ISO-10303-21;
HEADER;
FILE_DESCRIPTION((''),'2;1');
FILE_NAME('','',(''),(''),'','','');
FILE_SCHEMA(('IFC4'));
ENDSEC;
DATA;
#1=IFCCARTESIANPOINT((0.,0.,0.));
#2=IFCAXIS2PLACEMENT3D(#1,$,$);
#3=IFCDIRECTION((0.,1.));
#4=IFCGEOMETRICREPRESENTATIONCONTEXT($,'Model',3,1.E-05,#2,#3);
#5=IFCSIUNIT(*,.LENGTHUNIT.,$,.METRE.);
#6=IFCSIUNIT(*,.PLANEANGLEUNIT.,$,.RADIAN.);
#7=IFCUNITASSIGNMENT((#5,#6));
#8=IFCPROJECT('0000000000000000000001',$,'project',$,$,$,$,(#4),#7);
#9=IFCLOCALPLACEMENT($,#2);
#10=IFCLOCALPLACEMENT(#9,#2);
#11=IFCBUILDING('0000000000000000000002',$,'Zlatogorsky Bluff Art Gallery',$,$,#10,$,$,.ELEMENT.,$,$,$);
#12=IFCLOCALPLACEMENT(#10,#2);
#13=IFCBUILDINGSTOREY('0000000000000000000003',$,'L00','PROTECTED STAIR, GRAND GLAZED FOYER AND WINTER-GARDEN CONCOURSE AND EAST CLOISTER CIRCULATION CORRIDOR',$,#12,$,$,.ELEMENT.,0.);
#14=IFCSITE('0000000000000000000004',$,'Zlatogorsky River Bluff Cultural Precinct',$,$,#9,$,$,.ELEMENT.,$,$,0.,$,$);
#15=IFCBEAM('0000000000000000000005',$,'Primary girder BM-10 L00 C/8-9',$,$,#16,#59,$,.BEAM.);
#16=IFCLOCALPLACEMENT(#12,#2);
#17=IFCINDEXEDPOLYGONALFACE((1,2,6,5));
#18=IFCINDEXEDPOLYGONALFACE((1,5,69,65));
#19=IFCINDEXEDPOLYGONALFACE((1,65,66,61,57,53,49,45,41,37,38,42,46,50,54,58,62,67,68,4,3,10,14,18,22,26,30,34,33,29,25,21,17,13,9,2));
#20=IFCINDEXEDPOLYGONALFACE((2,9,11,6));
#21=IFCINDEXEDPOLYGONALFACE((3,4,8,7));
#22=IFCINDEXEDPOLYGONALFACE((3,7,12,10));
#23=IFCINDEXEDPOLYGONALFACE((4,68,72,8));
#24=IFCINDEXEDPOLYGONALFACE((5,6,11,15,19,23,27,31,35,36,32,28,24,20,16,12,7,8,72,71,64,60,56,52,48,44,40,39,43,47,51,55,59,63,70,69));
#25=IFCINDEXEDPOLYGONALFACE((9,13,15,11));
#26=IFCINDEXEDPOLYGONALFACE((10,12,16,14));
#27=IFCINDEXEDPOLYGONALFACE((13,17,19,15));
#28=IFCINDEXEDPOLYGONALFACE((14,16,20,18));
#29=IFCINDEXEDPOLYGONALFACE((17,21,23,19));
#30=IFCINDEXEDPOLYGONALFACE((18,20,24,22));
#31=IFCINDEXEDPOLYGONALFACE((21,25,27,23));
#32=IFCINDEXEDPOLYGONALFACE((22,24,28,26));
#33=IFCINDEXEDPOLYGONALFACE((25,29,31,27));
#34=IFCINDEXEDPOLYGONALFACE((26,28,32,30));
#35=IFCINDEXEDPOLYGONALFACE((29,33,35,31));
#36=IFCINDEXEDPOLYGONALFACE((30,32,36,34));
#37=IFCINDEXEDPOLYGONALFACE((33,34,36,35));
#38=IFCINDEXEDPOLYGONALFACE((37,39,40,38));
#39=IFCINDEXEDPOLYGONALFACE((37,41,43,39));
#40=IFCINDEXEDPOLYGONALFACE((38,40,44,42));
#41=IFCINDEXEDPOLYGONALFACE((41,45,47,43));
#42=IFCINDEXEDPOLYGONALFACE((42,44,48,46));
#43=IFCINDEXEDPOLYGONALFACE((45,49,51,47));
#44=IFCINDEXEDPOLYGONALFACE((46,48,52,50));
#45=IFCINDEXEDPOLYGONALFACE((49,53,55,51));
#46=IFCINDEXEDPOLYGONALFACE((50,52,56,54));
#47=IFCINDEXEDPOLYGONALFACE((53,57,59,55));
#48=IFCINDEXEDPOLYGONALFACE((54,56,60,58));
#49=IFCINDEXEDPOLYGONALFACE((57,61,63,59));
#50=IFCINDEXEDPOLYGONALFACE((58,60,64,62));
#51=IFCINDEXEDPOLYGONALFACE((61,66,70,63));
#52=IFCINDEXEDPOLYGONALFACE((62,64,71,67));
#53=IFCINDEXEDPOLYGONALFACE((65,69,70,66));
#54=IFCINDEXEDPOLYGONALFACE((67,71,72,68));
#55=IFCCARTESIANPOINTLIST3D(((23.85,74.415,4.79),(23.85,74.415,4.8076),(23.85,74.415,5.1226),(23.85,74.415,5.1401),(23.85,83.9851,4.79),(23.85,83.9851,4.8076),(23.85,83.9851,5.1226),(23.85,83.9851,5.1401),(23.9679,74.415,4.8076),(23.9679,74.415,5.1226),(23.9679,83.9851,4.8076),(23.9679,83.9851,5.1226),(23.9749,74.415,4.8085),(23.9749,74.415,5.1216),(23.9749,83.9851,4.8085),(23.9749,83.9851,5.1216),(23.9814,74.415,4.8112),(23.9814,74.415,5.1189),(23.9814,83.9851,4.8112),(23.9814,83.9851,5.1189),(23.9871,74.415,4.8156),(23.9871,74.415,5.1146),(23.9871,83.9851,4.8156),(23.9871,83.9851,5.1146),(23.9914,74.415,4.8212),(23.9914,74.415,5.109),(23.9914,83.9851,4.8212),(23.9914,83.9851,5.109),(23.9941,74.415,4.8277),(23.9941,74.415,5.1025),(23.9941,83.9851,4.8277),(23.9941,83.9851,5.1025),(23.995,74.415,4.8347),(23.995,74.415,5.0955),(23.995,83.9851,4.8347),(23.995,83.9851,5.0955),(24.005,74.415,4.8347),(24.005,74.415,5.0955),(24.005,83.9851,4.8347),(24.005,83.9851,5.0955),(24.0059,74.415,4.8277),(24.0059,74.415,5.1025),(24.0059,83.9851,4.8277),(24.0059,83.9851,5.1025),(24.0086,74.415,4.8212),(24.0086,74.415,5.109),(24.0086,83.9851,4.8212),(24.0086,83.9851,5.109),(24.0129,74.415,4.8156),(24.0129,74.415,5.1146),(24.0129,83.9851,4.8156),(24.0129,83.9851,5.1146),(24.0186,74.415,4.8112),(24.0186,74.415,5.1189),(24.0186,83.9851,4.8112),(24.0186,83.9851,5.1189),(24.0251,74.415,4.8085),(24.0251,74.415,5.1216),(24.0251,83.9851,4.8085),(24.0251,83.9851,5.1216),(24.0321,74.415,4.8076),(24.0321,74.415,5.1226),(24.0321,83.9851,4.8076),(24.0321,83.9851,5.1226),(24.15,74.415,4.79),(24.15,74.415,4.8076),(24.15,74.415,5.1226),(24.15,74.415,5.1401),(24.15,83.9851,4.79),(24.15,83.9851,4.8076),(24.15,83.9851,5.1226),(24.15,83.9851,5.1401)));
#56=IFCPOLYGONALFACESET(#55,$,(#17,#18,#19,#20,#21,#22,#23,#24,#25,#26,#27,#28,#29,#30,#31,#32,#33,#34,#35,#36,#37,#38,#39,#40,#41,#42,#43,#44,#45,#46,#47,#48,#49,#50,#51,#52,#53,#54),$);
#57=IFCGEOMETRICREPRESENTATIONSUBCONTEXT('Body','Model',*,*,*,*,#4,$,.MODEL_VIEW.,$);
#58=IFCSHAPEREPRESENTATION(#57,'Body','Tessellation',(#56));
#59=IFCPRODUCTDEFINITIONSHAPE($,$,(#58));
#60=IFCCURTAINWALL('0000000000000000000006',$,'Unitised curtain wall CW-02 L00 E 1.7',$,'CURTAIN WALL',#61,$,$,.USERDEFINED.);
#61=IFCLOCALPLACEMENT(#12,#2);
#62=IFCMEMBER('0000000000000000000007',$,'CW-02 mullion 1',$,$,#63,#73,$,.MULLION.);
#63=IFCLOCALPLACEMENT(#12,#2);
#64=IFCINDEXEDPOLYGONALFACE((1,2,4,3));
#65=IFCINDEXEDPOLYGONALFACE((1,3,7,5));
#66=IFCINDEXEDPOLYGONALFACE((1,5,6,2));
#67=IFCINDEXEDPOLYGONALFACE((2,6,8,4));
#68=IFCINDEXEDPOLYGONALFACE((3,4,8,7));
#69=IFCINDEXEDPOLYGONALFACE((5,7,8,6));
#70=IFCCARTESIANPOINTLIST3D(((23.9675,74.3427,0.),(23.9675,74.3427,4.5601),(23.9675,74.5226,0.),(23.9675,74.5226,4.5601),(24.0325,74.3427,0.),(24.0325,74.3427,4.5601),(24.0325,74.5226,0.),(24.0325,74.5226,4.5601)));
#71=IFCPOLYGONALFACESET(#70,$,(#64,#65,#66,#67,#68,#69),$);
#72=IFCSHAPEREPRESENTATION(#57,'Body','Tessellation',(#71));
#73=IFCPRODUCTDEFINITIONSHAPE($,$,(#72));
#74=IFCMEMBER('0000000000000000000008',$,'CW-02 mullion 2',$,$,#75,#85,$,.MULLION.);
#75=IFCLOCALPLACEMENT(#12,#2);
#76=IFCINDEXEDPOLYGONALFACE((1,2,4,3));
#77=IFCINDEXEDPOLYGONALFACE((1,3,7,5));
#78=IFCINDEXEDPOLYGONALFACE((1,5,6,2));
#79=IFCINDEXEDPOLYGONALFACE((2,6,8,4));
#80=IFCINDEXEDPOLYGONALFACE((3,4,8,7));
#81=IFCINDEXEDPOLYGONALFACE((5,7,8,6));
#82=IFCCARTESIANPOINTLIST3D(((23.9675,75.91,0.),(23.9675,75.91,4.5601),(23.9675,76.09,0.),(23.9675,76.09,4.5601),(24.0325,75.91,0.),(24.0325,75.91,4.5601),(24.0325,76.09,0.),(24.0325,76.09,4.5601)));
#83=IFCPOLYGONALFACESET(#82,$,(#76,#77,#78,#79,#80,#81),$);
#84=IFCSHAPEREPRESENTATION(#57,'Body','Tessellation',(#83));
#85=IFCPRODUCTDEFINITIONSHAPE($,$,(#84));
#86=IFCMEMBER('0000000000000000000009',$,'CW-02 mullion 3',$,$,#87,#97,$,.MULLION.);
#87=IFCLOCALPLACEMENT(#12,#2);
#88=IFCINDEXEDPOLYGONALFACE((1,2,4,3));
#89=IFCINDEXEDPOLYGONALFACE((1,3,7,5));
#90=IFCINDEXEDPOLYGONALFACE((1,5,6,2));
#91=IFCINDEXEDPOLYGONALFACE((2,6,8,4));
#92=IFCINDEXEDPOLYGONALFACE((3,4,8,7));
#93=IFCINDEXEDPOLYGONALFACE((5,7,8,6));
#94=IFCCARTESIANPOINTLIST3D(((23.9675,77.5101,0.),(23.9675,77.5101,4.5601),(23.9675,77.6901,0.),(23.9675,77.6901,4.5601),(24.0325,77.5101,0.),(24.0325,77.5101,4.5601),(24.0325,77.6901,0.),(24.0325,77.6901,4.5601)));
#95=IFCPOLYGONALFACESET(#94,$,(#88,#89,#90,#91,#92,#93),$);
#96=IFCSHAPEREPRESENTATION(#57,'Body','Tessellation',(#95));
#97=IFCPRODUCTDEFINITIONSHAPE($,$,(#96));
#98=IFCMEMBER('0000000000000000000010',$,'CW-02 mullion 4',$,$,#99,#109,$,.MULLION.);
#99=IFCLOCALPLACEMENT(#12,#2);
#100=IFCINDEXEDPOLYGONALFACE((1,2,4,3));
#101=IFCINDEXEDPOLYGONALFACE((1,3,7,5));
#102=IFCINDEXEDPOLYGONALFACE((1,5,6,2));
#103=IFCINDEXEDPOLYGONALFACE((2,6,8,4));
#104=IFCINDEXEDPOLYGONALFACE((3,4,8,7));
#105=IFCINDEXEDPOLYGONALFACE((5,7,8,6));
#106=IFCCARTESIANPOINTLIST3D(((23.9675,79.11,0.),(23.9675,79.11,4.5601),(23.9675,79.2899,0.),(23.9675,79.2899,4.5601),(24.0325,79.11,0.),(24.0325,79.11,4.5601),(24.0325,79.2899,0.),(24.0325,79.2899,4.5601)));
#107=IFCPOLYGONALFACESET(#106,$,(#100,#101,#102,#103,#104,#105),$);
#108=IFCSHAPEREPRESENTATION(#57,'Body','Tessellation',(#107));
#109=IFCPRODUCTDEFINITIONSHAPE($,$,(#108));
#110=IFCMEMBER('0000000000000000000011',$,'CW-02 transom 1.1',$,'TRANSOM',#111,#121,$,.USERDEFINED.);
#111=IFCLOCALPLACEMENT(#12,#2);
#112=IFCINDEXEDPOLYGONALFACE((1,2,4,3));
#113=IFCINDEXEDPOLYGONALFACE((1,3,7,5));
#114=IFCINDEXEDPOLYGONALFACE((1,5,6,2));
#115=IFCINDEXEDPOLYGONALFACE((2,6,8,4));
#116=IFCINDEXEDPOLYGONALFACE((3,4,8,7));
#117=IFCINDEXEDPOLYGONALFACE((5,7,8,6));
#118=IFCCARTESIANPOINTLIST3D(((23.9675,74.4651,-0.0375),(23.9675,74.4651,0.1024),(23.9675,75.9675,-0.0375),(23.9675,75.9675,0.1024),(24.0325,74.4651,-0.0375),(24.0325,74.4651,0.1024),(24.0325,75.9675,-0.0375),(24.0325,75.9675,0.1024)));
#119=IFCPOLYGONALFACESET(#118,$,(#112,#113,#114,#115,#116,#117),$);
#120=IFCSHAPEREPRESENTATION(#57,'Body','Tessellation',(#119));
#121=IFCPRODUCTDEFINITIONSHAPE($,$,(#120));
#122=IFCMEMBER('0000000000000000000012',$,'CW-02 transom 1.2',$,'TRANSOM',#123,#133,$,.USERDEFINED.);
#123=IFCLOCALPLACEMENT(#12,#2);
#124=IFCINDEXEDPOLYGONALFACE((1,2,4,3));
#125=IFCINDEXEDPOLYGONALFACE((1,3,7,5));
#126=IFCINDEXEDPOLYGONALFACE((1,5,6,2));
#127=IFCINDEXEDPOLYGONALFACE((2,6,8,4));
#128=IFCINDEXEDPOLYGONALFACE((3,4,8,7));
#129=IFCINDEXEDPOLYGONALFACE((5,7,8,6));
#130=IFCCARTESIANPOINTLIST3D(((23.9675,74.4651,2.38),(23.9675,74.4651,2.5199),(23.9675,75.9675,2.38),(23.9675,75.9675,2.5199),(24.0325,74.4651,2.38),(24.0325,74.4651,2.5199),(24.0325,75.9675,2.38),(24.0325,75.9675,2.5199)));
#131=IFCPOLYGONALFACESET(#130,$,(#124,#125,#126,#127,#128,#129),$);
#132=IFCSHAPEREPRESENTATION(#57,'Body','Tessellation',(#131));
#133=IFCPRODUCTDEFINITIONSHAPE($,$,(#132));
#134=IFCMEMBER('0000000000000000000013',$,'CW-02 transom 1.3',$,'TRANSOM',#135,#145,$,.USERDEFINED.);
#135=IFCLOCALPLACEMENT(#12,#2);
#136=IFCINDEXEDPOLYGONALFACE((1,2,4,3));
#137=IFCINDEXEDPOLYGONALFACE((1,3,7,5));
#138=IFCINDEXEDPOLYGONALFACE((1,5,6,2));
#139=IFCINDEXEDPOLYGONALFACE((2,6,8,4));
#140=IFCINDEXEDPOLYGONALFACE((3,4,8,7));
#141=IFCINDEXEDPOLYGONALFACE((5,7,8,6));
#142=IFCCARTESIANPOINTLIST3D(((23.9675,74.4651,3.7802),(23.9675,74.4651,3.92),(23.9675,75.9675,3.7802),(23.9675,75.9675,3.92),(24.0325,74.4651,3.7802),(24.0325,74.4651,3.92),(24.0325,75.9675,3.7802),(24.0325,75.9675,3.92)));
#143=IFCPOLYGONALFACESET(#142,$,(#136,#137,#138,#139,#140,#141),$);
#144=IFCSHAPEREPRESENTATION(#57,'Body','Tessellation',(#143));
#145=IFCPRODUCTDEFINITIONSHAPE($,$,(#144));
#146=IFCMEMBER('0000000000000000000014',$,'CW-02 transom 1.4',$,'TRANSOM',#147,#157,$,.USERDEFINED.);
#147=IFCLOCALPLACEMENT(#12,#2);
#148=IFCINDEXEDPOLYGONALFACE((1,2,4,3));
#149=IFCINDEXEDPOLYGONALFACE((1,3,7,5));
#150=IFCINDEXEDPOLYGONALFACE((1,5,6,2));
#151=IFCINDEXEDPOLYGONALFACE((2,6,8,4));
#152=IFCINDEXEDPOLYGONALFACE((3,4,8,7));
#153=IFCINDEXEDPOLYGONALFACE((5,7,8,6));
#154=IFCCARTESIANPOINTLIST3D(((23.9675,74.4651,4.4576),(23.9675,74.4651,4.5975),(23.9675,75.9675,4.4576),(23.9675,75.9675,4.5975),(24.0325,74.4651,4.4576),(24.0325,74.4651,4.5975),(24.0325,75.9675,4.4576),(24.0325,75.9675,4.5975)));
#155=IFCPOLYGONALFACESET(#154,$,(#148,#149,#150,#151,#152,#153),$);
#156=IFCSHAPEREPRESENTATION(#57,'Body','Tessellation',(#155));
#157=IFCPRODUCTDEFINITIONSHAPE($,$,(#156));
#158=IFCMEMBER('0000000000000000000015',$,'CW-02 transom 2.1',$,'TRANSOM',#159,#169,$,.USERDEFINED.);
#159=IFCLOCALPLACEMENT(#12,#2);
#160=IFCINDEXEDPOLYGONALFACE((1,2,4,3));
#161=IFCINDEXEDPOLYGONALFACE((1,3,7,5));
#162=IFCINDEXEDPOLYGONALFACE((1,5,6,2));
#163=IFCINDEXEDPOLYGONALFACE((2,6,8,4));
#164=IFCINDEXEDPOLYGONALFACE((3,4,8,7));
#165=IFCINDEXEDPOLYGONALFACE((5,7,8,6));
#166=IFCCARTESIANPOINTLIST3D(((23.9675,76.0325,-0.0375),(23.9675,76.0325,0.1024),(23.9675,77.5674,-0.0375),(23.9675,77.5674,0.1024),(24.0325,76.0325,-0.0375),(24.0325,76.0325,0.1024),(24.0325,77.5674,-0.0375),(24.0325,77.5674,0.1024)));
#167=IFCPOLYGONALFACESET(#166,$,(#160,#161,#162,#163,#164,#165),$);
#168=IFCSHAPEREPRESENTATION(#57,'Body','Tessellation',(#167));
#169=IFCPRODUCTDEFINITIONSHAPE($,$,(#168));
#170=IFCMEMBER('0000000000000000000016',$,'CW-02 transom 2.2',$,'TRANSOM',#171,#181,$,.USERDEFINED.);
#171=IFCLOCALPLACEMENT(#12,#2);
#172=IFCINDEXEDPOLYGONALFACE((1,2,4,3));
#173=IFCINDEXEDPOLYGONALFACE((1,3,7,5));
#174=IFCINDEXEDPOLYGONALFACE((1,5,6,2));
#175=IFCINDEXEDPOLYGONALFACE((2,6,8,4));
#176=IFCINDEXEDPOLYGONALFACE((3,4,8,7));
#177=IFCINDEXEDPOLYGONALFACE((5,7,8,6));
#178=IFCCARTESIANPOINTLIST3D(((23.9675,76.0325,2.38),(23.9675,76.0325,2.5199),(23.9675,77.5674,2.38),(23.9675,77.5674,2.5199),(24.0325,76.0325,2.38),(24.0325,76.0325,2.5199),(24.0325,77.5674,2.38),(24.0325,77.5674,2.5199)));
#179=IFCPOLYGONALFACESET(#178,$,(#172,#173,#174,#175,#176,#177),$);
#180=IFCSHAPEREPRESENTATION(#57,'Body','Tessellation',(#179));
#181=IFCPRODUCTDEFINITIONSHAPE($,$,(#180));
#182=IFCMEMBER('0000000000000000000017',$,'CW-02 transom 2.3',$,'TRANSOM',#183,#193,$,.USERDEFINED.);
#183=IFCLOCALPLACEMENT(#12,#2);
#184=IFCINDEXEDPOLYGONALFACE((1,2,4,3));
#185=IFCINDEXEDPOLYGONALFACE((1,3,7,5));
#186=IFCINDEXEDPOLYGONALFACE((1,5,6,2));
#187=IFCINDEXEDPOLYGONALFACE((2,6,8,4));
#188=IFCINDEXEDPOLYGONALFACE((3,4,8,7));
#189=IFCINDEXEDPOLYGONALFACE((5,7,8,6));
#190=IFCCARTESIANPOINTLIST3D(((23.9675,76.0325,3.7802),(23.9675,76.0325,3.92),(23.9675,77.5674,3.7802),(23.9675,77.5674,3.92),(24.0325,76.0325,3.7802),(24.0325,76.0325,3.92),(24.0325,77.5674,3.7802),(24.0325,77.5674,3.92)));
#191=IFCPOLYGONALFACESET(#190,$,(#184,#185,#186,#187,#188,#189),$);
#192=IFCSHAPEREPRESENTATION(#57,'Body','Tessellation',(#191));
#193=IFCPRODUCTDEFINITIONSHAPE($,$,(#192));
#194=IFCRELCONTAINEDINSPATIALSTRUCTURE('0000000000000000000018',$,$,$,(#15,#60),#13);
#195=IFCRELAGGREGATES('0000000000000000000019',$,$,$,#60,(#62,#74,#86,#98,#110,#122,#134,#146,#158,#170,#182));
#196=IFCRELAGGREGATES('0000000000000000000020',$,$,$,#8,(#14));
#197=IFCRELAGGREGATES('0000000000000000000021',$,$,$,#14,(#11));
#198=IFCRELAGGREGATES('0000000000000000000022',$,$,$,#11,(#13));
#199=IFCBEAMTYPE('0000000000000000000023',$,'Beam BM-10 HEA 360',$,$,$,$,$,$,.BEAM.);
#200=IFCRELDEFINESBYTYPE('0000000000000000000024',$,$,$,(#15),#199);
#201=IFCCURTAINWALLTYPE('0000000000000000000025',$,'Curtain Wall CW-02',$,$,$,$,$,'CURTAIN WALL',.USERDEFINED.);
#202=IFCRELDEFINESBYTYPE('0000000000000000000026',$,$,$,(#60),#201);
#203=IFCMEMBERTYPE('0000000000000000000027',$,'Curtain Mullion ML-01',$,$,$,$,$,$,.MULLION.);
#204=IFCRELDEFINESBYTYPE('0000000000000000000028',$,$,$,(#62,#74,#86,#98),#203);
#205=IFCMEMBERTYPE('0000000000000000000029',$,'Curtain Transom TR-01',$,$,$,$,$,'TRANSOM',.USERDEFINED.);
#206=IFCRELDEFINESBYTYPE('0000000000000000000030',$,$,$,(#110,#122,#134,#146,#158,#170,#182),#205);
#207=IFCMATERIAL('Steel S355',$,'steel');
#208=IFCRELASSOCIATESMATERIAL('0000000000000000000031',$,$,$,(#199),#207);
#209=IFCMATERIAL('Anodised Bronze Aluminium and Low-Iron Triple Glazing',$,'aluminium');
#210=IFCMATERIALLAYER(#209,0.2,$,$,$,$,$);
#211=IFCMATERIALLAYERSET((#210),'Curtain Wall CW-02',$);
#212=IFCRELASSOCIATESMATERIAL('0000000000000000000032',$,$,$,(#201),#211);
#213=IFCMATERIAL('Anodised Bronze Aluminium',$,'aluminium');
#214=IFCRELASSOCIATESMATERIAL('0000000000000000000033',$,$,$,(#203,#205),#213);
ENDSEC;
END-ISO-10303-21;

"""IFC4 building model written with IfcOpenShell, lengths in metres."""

from ifc_helpers import new_model, si_unit, direction, frame, origin, origin_2d, place, context, subcontext, project, spatial, rectangle, i_section, extrude, material, layer, layer_set, material_profile, profile_set, type_object, element, aggregate, save


model = new_model("IFC4")

# Units and contexts
model_context = context("Model", 3, precision=1e-05, world=origin(), true_north=direction((0.0, 1.0)))
body_context = subcontext(model_context, "Body", "Model", "MODEL_VIEW")
ifc_project = project(units=[si_unit("LENGTHUNIT", "METRE"), si_unit("PLANEANGLEUNIT", "RADIAN")], contexts=[model_context])

# Site, building, storey
site_placement = place(None, origin())
site = spatial("IfcSite", under=ifc_project, at=site_placement, Name="Zlatogorsky River Bluff Cultural Precinct", CompositionType="ELEMENT", RefElevation=0.0)
building_placement = place(site_placement, origin())
building = spatial("IfcBuilding", under=site, at=building_placement, Name="Zlatogorsky Bluff Art Gallery", CompositionType="ELEMENT")
storey_placement = place(building_placement, origin())
storey = spatial("IfcBuildingStorey", under=building, at=storey_placement, Name="L00", Description="PROTECTED STAIR, GRAND GLAZED FOYER AND WINTER-GARDEN CONCOURSE AND EAST CLOISTER CIRCULATION CORRIDOR", CompositionType="ELEMENT", Elevation=0.0)

# Beam
ifc_material_1 = material(Name="Steel S355", Category="steel")
ifc_material_profile_1 = material_profile(ifc_material_1, i_section(OverallWidth=0.3, OverallDepth=0.3501, WebThickness=0.01, FlangeThickness=0.0176, FilletRadius=0.0271, at=origin_2d()), Name="HEA 360")
ifc_profile_set_1 = profile_set([ifc_material_profile_1], Name="Steel S355")
beam_type = type_object("IfcBeamType", Name="Beam BM-10 HEA 360", PredefinedType="BEAM", material=ifc_profile_set_1)
beam_placement = place(storey_placement, frame((24.0, 74.415, 4.9651), z_axis=(0.0, 1.0, 0.0), x_axis=(-1.0, 0.0, 0.0)))
element("IfcBeam", 1, at=beam_placement, inside=storey, type_object=beam_type, Name="Primary girder BM-10 L00 C/8-9", PredefinedType="BEAM", context=body_context, shape_type="SweptSolid", body=[
    extrude(i_section(OverallWidth=0.3, OverallDepth=0.3501, WebThickness=0.01, FlangeThickness=0.0176, FilletRadius=0.0271, at=origin_2d()), origin(), (0.0, 0.0, 1.0), 9.5701),
])

# Curtain wall, members
ifc_material_2 = material(Name="Anodised Bronze Aluminium and Low-Iron Triple Glazing", Category="aluminium")
ifc_layer_1 = layer(ifc_material_2, 0.2)
ifc_layer_set_1 = layer_set([ifc_layer_1], Name="Curtain Wall CW-02")
curtain_wall_type = type_object("IfcCurtainWallType", Name="Curtain Wall CW-02", ElementType="CURTAIN WALL", PredefinedType="USERDEFINED", material=ifc_layer_set_1)
curtain_wall_placement = place(storey_placement, origin())
curtain_wall = element("IfcCurtainWall", 2, at=curtain_wall_placement, inside=storey, type_object=curtain_wall_type, Name="Unitised curtain wall CW-02 L00 E 1.7", ObjectType="CURTAIN WALL", PredefinedType="USERDEFINED")
ifc_material_3 = material(Name="Anodised Bronze Aluminium", Category="aluminium")
ifc_material_profile_2 = material_profile(ifc_material_3, rectangle(XDim=0.0649, YDim=0.1799, at=origin_2d()), Name="ALU MULLION 65x180")
ifc_profile_set_2 = profile_set([ifc_material_profile_2], Name="Anodised Bronze Aluminium")
member_type_1 = type_object("IfcMemberType", Name="Curtain Mullion ML-01", PredefinedType="MULLION", material=ifc_profile_set_2)
member_1_placement = place(storey_placement, frame((24.0, 74.4326, 0.0), z_axis=(0.0, 0.0, 1.0), x_axis=(-1.0, 0.0, 0.0)))
member_1 = element("IfcMember", 3, at=member_1_placement, type_object=member_type_1, Name="CW-02 mullion 1", PredefinedType="MULLION", context=body_context, shape_type="SweptSolid", body=[
    extrude(rectangle(XDim=0.0649, YDim=0.1799, at=origin_2d()), origin(), (0.0, 0.0, 1.0), 4.5601),
])
member_2_placement = place(storey_placement, frame((24.0, 76.0, 0.0), z_axis=(0.0, 0.0, 1.0), x_axis=(-1.0, 0.0, 0.0)))
member_2 = element("IfcMember", 4, at=member_2_placement, type_object=member_type_1, Name="CW-02 mullion 2", PredefinedType="MULLION", context=body_context, shape_type="SweptSolid", body=[
    extrude(rectangle(XDim=0.0649, YDim=0.1799, at=origin_2d()), origin(), (0.0, 0.0, 1.0), 4.5601),
])
member_3_placement = place(storey_placement, frame((24.0, 77.6001, 0.0), z_axis=(0.0, 0.0, 1.0), x_axis=(-1.0, 0.0, 0.0)))
member_3 = element("IfcMember", 5, at=member_3_placement, type_object=member_type_1, Name="CW-02 mullion 3", PredefinedType="MULLION", context=body_context, shape_type="SweptSolid", body=[
    extrude(rectangle(XDim=0.0649, YDim=0.1799, at=origin_2d()), origin(), (0.0, 0.0, 1.0), 4.5601),
])
member_4_placement = place(storey_placement, frame((24.0, 79.2, 0.0), z_axis=(0.0, 0.0, 1.0), x_axis=(-1.0, 0.0, 0.0)))
member_4 = element("IfcMember", 6, at=member_4_placement, type_object=member_type_1, Name="CW-02 mullion 4", PredefinedType="MULLION", context=body_context, shape_type="SweptSolid", body=[
    extrude(rectangle(XDim=0.0649, YDim=0.1799, at=origin_2d()), origin(), (0.0, 0.0, 1.0), 4.5601),
])
ifc_material_profile_3 = material_profile(ifc_material_3, rectangle(XDim=0.0649, YDim=0.1399, at=origin_2d()), Name="ALU TRANSOM 65x140")
ifc_profile_set_3 = profile_set([ifc_material_profile_3], Name="Anodised Bronze Aluminium")
member_type_2 = type_object("IfcMemberType", Name="Curtain Transom TR-01", ElementType="TRANSOM", PredefinedType="USERDEFINED", material=ifc_profile_set_3)
member_5_placement = place(storey_placement, frame((24.0, 74.4651, 0.0325), z_axis=(0.0, 1.0, 0.0), x_axis=(-1.0, 0.0, 0.0)))
member_5 = element("IfcMember", 7, at=member_5_placement, type_object=member_type_2, Name="CW-02 transom 1.1", ObjectType="TRANSOM", PredefinedType="USERDEFINED", context=body_context, shape_type="SweptSolid", body=[
    extrude(rectangle(XDim=0.0649, YDim=0.1399, at=origin_2d()), origin(), (0.0, 0.0, 1.0), 1.5024),
])
member_6_placement = place(storey_placement, frame((24.0, 74.4651, 2.45), z_axis=(0.0, 1.0, 0.0), x_axis=(-1.0, 0.0, 0.0)))
member_6 = element("IfcMember", 8, at=member_6_placement, type_object=member_type_2, Name="CW-02 transom 1.2", ObjectType="TRANSOM", PredefinedType="USERDEFINED", context=body_context, shape_type="SweptSolid", body=[
    extrude(rectangle(XDim=0.0649, YDim=0.1399, at=origin_2d()), origin(), (0.0, 0.0, 1.0), 1.5024),
])
member_7_placement = place(storey_placement, frame((24.0, 74.4651, 3.8501), z_axis=(0.0, 1.0, 0.0), x_axis=(-1.0, 0.0, 0.0)))
member_7 = element("IfcMember", 9, at=member_7_placement, type_object=member_type_2, Name="CW-02 transom 1.3", ObjectType="TRANSOM", PredefinedType="USERDEFINED", context=body_context, shape_type="SweptSolid", body=[
    extrude(rectangle(XDim=0.0649, YDim=0.1399, at=origin_2d()), origin(), (0.0, 0.0, 1.0), 1.5024),
])
member_8_placement = place(storey_placement, frame((24.0, 74.4651, 4.5276), z_axis=(0.0, 1.0, 0.0), x_axis=(-1.0, 0.0, 0.0)))
member_8 = element("IfcMember", 10, at=member_8_placement, type_object=member_type_2, Name="CW-02 transom 1.4", ObjectType="TRANSOM", PredefinedType="USERDEFINED", context=body_context, shape_type="SweptSolid", body=[
    extrude(rectangle(XDim=0.0649, YDim=0.1399, at=origin_2d()), origin(), (0.0, 0.0, 1.0), 1.5024),
])
member_9_placement = place(storey_placement, frame((24.0, 76.0325, 0.0325), z_axis=(0.0, 1.0, 0.0), x_axis=(-1.0, 0.0, 0.0)))
member_9 = element("IfcMember", 11, at=member_9_placement, type_object=member_type_2, Name="CW-02 transom 2.1", ObjectType="TRANSOM", PredefinedType="USERDEFINED", context=body_context, shape_type="SweptSolid", body=[
    extrude(rectangle(XDim=0.0649, YDim=0.1399, at=origin_2d()), origin(), (0.0, 0.0, 1.0), 1.5349),
])
member_10_placement = place(storey_placement, frame((24.0, 76.0325, 2.45), z_axis=(0.0, 1.0, 0.0), x_axis=(-1.0, 0.0, 0.0)))
member_10 = element("IfcMember", 12, at=member_10_placement, type_object=member_type_2, Name="CW-02 transom 2.2", ObjectType="TRANSOM", PredefinedType="USERDEFINED", context=body_context, shape_type="SweptSolid", body=[
    extrude(rectangle(XDim=0.0649, YDim=0.1399, at=origin_2d()), origin(), (0.0, 0.0, 1.0), 1.5349),
])
member_11_placement = place(storey_placement, frame((24.0, 76.0325, 3.8501), z_axis=(0.0, 1.0, 0.0), x_axis=(-1.0, 0.0, 0.0)))
member_11 = element("IfcMember", 13, at=member_11_placement, type_object=member_type_2, Name="CW-02 transom 2.3", ObjectType="TRANSOM", PredefinedType="USERDEFINED", context=body_context, shape_type="SweptSolid", body=[
    extrude(rectangle(XDim=0.0649, YDim=0.1399, at=origin_2d()), origin(), (0.0, 0.0, 1.0), 1.5349),
])
aggregate(curtain_wall, [member_1, member_2, member_3, member_4, member_5, member_6, member_7, member_8, member_9, member_10, member_11])

save(model, "model.ifc")
